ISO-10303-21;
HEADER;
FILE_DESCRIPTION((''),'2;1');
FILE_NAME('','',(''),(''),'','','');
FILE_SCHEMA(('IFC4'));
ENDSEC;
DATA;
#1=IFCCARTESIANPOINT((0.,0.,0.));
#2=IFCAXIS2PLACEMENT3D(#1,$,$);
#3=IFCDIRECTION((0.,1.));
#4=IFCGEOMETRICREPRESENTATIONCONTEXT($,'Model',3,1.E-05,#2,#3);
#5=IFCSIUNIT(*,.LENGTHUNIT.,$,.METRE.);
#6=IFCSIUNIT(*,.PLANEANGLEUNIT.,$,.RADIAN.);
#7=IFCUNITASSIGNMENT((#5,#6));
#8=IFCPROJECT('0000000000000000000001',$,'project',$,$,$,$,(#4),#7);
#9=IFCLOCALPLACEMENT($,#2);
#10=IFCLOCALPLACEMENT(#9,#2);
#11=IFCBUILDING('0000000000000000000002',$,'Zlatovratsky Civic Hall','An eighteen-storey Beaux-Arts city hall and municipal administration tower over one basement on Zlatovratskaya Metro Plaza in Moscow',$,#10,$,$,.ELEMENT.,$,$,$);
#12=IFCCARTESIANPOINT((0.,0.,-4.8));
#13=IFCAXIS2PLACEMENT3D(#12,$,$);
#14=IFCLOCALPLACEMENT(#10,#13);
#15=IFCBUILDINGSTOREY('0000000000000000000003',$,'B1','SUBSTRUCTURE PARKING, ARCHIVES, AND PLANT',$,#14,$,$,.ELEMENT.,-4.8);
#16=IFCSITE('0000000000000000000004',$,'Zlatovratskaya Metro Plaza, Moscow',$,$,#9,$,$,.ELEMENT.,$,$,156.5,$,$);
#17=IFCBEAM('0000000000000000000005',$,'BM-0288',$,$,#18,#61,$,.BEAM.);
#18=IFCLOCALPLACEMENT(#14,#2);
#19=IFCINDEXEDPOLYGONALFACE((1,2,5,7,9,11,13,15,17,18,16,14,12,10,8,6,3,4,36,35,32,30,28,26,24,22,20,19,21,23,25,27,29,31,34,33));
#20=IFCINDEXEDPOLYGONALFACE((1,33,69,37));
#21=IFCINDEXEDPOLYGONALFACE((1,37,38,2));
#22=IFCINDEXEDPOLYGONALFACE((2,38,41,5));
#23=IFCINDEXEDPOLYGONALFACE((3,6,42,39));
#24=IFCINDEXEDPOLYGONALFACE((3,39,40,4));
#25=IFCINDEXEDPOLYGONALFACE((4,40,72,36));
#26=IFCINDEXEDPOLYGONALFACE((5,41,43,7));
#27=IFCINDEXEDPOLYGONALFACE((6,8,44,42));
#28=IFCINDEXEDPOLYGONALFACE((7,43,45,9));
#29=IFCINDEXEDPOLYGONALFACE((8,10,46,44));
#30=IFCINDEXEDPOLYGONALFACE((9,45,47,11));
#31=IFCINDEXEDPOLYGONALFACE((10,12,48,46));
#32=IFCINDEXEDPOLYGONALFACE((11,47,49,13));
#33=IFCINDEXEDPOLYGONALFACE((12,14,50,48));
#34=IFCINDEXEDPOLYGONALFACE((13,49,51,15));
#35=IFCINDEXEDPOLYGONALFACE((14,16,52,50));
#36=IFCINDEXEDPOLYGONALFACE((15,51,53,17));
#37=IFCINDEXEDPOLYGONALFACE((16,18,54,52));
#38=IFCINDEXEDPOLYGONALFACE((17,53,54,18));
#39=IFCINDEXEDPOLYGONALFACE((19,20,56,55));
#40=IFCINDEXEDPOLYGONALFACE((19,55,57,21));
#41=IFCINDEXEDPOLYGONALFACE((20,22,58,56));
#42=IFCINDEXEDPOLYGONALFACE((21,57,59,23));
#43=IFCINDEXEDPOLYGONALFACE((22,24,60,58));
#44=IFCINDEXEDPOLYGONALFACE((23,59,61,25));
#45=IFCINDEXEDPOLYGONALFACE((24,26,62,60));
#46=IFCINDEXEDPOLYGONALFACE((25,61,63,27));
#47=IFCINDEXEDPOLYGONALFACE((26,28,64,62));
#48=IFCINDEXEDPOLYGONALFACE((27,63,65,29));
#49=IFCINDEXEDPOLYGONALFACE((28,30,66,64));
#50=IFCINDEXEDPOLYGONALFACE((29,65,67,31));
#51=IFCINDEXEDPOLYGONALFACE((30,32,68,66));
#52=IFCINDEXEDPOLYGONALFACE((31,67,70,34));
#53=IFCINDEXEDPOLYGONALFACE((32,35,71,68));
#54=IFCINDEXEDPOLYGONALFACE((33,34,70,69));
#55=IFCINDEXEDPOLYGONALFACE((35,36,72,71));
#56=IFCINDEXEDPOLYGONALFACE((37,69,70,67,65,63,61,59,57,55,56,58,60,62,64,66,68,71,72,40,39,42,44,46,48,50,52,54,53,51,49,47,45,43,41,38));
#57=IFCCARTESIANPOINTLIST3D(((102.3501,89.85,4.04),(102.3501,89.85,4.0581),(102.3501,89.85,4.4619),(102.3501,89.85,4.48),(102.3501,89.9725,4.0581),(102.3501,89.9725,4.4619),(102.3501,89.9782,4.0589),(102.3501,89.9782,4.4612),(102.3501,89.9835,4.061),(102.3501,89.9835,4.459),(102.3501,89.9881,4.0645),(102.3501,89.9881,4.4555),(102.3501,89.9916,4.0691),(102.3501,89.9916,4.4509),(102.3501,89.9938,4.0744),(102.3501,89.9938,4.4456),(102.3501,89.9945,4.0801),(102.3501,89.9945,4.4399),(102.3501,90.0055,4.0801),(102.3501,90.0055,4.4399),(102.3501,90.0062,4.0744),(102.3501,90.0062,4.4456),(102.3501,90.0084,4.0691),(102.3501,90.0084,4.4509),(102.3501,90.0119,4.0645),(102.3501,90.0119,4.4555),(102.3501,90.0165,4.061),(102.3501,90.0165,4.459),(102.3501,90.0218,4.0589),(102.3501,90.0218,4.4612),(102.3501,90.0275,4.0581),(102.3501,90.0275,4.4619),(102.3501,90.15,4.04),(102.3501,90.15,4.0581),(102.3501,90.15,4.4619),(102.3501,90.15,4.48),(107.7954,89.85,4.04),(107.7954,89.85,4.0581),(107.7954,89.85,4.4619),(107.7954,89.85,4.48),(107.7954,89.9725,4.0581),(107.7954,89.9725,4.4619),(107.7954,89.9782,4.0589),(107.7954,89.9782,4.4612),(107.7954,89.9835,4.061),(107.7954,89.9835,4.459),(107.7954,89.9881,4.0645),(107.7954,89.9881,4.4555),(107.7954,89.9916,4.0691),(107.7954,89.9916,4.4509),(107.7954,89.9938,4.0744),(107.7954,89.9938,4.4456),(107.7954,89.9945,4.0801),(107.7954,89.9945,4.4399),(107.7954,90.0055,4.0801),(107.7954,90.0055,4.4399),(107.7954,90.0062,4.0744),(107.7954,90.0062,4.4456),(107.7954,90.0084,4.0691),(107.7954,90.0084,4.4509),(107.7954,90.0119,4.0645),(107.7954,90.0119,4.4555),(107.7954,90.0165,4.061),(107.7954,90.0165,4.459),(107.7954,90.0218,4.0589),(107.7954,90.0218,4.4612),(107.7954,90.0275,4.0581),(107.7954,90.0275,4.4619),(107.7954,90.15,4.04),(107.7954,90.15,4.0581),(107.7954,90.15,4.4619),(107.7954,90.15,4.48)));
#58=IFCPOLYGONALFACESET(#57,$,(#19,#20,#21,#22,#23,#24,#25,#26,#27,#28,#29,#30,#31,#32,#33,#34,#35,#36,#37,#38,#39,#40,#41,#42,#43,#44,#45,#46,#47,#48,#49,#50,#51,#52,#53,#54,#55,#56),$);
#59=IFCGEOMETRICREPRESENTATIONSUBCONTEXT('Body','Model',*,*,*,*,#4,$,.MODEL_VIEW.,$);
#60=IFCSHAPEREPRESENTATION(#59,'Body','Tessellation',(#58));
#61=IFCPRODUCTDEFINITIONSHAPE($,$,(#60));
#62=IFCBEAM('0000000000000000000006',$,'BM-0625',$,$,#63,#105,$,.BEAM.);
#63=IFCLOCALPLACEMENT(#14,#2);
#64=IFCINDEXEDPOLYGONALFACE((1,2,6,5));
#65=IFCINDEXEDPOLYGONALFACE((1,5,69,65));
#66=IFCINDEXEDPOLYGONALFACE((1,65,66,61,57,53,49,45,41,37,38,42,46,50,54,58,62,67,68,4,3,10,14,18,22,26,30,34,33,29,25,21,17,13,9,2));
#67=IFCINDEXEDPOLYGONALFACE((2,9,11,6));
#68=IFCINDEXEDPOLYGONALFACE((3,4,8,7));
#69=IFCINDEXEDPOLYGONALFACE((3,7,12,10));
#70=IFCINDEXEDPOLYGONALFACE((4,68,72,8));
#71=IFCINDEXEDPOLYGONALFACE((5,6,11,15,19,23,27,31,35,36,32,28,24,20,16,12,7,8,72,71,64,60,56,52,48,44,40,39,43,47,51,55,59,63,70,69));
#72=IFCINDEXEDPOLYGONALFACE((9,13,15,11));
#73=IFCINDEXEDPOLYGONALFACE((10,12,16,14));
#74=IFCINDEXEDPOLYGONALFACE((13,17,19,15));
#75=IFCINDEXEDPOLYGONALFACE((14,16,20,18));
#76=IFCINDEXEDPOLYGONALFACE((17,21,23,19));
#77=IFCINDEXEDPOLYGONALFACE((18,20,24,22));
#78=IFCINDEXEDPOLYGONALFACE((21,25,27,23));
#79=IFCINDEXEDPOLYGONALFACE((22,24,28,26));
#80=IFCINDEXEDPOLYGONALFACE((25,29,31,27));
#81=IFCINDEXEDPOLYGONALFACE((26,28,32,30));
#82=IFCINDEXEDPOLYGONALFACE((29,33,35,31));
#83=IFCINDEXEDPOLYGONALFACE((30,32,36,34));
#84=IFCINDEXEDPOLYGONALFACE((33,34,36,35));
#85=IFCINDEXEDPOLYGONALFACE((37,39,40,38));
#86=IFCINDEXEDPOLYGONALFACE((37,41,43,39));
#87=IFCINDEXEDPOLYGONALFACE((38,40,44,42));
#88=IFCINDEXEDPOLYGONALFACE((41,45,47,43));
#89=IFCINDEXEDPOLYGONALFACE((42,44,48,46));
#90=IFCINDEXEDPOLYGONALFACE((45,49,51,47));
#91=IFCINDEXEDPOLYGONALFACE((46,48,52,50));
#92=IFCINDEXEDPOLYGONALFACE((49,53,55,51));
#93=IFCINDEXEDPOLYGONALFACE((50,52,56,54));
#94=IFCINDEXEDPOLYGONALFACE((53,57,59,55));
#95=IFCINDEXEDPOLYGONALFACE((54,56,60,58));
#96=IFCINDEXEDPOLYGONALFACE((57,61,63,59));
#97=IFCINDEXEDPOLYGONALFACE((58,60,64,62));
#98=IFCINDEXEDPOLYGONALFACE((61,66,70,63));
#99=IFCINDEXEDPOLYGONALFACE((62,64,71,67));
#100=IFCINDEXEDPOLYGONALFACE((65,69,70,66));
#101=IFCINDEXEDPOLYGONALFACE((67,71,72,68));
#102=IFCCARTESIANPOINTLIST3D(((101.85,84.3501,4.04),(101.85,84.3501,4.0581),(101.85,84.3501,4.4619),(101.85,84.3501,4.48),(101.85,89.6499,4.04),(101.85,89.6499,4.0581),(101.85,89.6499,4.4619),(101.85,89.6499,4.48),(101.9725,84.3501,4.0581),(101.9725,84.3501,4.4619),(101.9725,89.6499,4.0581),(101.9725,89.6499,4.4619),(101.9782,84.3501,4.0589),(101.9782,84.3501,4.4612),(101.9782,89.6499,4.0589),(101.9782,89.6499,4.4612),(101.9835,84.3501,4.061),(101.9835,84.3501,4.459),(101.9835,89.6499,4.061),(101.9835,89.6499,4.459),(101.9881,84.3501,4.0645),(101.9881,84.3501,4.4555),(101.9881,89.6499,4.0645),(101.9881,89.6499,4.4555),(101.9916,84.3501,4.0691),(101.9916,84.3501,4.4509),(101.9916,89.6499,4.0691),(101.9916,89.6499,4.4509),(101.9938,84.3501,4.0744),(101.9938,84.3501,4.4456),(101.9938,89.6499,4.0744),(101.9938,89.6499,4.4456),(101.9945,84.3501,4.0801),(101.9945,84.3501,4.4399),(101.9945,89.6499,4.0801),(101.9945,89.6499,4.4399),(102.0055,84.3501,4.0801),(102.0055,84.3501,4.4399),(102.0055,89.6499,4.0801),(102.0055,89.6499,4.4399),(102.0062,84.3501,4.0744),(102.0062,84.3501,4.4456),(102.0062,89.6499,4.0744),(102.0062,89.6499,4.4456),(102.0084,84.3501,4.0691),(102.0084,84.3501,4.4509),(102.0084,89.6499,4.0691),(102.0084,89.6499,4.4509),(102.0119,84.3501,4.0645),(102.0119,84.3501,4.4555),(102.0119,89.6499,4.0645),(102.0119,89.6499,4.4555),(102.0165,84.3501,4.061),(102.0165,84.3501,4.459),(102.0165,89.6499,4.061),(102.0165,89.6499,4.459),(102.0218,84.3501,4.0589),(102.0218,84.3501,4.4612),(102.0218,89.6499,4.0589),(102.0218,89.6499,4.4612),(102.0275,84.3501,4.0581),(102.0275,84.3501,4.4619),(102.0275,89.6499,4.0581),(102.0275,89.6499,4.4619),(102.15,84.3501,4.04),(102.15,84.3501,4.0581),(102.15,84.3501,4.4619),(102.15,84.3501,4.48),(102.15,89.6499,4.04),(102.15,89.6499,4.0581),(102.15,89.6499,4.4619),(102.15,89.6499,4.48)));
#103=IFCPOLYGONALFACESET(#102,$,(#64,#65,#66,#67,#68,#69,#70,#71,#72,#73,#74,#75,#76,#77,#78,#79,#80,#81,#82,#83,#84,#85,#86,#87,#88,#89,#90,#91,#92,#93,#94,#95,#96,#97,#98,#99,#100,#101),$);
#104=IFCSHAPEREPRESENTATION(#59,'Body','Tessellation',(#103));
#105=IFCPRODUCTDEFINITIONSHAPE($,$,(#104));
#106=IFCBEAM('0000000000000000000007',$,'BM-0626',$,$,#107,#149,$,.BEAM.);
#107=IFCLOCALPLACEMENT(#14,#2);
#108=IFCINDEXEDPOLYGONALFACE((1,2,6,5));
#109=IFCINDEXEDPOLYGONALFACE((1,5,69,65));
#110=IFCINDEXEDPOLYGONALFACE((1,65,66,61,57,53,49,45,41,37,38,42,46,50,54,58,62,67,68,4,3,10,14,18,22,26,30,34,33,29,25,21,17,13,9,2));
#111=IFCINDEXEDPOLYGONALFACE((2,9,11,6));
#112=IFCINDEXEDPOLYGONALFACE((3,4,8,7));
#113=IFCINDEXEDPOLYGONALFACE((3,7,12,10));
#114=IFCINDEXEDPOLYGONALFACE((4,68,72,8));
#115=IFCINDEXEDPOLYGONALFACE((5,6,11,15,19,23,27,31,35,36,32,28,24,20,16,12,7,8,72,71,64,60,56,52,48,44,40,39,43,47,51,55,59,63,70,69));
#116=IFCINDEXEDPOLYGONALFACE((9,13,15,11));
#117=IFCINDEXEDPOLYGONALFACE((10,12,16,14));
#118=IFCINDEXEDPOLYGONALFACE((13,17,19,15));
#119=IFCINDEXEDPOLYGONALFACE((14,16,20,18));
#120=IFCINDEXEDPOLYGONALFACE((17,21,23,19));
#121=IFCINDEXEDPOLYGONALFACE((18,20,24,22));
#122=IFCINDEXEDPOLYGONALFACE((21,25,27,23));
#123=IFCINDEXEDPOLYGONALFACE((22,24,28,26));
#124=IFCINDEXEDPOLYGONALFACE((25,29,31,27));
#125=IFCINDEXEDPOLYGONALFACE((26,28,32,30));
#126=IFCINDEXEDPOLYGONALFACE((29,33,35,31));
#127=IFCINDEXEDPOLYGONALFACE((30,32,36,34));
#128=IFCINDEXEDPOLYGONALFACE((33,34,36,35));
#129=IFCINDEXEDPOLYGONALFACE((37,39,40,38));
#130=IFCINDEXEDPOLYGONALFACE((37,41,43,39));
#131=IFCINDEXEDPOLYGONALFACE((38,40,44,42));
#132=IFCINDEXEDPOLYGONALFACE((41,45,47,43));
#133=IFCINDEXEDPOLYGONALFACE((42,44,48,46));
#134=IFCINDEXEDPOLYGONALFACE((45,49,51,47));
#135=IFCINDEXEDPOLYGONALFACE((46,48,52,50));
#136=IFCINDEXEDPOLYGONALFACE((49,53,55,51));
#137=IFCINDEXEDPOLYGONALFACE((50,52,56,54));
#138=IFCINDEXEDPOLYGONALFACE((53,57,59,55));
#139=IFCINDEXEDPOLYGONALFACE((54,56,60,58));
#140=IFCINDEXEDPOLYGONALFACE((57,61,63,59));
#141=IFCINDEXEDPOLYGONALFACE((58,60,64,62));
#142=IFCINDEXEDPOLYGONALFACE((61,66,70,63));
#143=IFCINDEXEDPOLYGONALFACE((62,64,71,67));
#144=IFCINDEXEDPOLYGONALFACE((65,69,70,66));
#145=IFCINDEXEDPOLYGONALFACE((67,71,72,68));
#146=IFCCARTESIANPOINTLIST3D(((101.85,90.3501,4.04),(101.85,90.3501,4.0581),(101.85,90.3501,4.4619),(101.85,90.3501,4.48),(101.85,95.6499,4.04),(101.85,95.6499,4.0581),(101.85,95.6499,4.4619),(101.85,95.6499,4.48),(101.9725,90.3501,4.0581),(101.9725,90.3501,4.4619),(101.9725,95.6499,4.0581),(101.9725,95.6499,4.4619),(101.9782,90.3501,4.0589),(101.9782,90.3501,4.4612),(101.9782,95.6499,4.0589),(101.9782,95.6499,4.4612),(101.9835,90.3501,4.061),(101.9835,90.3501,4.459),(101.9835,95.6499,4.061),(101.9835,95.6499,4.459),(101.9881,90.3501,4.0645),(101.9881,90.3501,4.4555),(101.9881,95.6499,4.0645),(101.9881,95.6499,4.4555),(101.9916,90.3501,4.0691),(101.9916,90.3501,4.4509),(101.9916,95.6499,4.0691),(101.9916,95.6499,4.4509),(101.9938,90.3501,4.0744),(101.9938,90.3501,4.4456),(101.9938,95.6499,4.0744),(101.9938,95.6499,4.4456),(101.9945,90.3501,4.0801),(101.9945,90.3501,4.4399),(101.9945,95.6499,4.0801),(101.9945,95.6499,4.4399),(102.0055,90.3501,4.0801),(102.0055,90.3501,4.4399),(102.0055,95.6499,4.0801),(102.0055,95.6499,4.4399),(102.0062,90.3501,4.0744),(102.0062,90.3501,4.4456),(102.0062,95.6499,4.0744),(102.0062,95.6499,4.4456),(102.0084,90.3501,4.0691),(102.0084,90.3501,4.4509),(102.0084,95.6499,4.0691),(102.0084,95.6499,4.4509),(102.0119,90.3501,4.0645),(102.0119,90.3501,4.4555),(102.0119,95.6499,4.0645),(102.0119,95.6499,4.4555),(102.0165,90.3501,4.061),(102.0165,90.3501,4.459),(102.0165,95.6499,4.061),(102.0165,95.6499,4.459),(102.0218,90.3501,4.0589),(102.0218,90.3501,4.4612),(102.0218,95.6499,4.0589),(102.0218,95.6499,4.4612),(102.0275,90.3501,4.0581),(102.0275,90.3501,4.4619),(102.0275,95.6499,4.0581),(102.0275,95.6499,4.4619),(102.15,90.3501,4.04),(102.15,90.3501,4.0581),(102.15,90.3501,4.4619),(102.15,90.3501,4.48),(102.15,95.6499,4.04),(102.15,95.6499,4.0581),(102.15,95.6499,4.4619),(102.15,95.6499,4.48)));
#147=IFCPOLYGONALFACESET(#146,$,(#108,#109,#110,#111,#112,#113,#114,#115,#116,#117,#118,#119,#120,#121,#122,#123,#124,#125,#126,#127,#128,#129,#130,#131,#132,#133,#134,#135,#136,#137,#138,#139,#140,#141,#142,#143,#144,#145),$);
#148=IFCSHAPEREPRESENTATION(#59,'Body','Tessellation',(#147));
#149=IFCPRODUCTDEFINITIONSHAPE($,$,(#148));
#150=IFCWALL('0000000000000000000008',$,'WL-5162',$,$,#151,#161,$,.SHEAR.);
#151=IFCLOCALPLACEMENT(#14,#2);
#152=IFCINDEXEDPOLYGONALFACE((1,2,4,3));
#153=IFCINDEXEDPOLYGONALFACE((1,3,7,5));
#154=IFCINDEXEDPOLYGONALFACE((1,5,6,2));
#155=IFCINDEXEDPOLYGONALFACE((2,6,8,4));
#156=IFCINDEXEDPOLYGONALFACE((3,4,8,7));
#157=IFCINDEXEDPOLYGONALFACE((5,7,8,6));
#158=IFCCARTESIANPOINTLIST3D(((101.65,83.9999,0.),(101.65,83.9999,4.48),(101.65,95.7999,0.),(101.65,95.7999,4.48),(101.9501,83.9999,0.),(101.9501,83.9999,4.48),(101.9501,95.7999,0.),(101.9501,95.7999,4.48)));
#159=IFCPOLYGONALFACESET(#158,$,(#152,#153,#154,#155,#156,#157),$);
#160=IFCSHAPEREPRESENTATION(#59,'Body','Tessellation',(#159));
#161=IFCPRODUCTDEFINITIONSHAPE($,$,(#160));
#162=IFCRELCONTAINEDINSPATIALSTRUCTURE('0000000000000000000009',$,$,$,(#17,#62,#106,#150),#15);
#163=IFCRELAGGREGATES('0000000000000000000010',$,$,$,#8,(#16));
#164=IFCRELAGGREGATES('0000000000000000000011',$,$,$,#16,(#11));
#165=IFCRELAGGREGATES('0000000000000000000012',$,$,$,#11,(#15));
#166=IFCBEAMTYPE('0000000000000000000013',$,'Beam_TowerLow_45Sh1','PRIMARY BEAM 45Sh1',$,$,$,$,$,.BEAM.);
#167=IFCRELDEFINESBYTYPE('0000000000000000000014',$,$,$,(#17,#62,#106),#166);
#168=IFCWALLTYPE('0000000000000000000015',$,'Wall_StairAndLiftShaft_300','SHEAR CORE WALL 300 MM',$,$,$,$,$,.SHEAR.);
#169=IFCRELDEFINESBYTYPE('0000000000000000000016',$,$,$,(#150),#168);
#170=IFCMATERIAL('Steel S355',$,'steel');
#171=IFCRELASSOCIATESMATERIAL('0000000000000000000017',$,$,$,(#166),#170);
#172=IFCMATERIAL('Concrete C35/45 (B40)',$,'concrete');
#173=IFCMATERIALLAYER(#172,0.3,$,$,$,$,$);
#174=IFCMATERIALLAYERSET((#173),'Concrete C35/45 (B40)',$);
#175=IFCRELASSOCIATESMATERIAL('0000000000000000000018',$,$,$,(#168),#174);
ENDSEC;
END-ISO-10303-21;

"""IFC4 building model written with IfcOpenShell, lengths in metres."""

from ifc_helpers import new_model, si_unit, direction, frame, frame_2d, origin, origin_2d, place, context, subcontext, project, spatial, rectangle, i_section, extrude, material, layer, layer_set, material_profile, profile_set, type_object, element, save


model = new_model("IFC4")

# Units and contexts
model_context = context("Model", 3, precision=1e-05, world=origin(), true_north=direction((0.0, 1.0)))
body_context = subcontext(model_context, "Body", "Model", "MODEL_VIEW")
ifc_project = project(units=[si_unit("LENGTHUNIT", "METRE"), si_unit("PLANEANGLEUNIT", "RADIAN")], contexts=[model_context])

# Site, building, storey
site_placement = place(None, origin())
site = spatial("IfcSite", under=ifc_project, at=site_placement, Name="Zlatovratskaya Metro Plaza, Moscow", CompositionType="ELEMENT", RefElevation=156.5)
building_placement = place(site_placement, origin())
building = spatial("IfcBuilding", under=site, at=building_placement, Name="Zlatovratsky Civic Hall", Description="An eighteen-storey Beaux-Arts city hall and municipal administration tower over one basement on Zlatovratskaya Metro Plaza in Moscow", CompositionType="ELEMENT")
storey_placement = place(building_placement, frame((0.0, 0.0, -4.8)))
storey = spatial("IfcBuildingStorey", under=building, at=storey_placement, Name="B1", Description="SUBSTRUCTURE PARKING, ARCHIVES, AND PLANT", CompositionType="ELEMENT", Elevation=-4.8)

# Shared definitions
ifc_material_1 = material(Name="Concrete C35/45 (B40)", Category="concrete")

# Beams
ifc_material_2 = material(Name="Steel S355", Category="steel")
ifc_material_profile_1 = material_profile(ifc_material_2, i_section(OverallWidth=0.3, OverallDepth=0.4399, WebThickness=0.011, FlangeThickness=0.0181, FilletRadius=0.022, at=origin_2d()), Name="45Sh1")
ifc_profile_set_1 = profile_set([ifc_material_profile_1], Name="Steel S355")
beam_type = type_object("IfcBeamType", Name="Beam_TowerLow_45Sh1", Description="PRIMARY BEAM 45Sh1", PredefinedType="BEAM", material=ifc_profile_set_1)
for number, where, z_axis, x_axis, name in (
    (1, (102.3501, 90.0, 4.26), (1.0, 0.0, 0.0), (0.0, 1.0, 0.0), "BM-0288"),
):
    element("IfcBeam", number, at=place(storey_placement, frame(where, z_axis=z_axis, x_axis=x_axis)), inside=storey, type_object=beam_type, Name=name, PredefinedType="BEAM", context=body_context, shape_type="SweptSolid", body=[
        extrude(i_section(OverallWidth=0.3, OverallDepth=0.4399, WebThickness=0.011, FlangeThickness=0.0181, FilletRadius=0.022, at=origin_2d()), origin(), (0.0, 0.0, 1.0), 5.4453),
    ])
for number, where, z_axis, x_axis, name in (
    (2, (102.0, 84.3501, 4.26), (0.0, 1.0, 0.0), (-1.0, 0.0, 0.0), "BM-0625"),
    (3, (102.0, 90.3501, 4.26), (0.0, 1.0, 0.0), (-1.0, 0.0, 0.0), "BM-0626"),
):
    element("IfcBeam", number, at=place(storey_placement, frame(where, z_axis=z_axis, x_axis=x_axis)), inside=storey, type_object=beam_type, Name=name, PredefinedType="BEAM", context=body_context, shape_type="SweptSolid", body=[
        extrude(i_section(OverallWidth=0.3, OverallDepth=0.4399, WebThickness=0.011, FlangeThickness=0.0181, FilletRadius=0.022, at=origin_2d()), origin(), (0.0, 0.0, 1.0), 5.2998),
    ])

# Wall
ifc_layer = layer(ifc_material_1, 0.3)
ifc_layer_set = layer_set([ifc_layer], Name="Concrete C35/45 (B40)")
wall_type = type_object("IfcWallType", Name="Wall_StairAndLiftShaft_300", Description="SHEAR CORE WALL 300 MM", PredefinedType="SHEAR", material=ifc_layer_set)
wall_placement = place(storey_placement, frame((101.8, 84.0, 0.0), z_axis=(0.0, 0.0, 1.0), x_axis=(0.0, 1.0, 0.0)))
element("IfcWall", 4, at=wall_placement, inside=storey, type_object=wall_type, Name="WL-5162", PredefinedType="SHEAR", context=body_context, shape_type="SweptSolid", body=[
    extrude(rectangle(XDim=11.8, YDim=0.3, at=frame_2d((5.8999, 0.0))), origin(), (0.0, 0.0, 1.0), 4.48),
])

save(model, "model.ifc")
